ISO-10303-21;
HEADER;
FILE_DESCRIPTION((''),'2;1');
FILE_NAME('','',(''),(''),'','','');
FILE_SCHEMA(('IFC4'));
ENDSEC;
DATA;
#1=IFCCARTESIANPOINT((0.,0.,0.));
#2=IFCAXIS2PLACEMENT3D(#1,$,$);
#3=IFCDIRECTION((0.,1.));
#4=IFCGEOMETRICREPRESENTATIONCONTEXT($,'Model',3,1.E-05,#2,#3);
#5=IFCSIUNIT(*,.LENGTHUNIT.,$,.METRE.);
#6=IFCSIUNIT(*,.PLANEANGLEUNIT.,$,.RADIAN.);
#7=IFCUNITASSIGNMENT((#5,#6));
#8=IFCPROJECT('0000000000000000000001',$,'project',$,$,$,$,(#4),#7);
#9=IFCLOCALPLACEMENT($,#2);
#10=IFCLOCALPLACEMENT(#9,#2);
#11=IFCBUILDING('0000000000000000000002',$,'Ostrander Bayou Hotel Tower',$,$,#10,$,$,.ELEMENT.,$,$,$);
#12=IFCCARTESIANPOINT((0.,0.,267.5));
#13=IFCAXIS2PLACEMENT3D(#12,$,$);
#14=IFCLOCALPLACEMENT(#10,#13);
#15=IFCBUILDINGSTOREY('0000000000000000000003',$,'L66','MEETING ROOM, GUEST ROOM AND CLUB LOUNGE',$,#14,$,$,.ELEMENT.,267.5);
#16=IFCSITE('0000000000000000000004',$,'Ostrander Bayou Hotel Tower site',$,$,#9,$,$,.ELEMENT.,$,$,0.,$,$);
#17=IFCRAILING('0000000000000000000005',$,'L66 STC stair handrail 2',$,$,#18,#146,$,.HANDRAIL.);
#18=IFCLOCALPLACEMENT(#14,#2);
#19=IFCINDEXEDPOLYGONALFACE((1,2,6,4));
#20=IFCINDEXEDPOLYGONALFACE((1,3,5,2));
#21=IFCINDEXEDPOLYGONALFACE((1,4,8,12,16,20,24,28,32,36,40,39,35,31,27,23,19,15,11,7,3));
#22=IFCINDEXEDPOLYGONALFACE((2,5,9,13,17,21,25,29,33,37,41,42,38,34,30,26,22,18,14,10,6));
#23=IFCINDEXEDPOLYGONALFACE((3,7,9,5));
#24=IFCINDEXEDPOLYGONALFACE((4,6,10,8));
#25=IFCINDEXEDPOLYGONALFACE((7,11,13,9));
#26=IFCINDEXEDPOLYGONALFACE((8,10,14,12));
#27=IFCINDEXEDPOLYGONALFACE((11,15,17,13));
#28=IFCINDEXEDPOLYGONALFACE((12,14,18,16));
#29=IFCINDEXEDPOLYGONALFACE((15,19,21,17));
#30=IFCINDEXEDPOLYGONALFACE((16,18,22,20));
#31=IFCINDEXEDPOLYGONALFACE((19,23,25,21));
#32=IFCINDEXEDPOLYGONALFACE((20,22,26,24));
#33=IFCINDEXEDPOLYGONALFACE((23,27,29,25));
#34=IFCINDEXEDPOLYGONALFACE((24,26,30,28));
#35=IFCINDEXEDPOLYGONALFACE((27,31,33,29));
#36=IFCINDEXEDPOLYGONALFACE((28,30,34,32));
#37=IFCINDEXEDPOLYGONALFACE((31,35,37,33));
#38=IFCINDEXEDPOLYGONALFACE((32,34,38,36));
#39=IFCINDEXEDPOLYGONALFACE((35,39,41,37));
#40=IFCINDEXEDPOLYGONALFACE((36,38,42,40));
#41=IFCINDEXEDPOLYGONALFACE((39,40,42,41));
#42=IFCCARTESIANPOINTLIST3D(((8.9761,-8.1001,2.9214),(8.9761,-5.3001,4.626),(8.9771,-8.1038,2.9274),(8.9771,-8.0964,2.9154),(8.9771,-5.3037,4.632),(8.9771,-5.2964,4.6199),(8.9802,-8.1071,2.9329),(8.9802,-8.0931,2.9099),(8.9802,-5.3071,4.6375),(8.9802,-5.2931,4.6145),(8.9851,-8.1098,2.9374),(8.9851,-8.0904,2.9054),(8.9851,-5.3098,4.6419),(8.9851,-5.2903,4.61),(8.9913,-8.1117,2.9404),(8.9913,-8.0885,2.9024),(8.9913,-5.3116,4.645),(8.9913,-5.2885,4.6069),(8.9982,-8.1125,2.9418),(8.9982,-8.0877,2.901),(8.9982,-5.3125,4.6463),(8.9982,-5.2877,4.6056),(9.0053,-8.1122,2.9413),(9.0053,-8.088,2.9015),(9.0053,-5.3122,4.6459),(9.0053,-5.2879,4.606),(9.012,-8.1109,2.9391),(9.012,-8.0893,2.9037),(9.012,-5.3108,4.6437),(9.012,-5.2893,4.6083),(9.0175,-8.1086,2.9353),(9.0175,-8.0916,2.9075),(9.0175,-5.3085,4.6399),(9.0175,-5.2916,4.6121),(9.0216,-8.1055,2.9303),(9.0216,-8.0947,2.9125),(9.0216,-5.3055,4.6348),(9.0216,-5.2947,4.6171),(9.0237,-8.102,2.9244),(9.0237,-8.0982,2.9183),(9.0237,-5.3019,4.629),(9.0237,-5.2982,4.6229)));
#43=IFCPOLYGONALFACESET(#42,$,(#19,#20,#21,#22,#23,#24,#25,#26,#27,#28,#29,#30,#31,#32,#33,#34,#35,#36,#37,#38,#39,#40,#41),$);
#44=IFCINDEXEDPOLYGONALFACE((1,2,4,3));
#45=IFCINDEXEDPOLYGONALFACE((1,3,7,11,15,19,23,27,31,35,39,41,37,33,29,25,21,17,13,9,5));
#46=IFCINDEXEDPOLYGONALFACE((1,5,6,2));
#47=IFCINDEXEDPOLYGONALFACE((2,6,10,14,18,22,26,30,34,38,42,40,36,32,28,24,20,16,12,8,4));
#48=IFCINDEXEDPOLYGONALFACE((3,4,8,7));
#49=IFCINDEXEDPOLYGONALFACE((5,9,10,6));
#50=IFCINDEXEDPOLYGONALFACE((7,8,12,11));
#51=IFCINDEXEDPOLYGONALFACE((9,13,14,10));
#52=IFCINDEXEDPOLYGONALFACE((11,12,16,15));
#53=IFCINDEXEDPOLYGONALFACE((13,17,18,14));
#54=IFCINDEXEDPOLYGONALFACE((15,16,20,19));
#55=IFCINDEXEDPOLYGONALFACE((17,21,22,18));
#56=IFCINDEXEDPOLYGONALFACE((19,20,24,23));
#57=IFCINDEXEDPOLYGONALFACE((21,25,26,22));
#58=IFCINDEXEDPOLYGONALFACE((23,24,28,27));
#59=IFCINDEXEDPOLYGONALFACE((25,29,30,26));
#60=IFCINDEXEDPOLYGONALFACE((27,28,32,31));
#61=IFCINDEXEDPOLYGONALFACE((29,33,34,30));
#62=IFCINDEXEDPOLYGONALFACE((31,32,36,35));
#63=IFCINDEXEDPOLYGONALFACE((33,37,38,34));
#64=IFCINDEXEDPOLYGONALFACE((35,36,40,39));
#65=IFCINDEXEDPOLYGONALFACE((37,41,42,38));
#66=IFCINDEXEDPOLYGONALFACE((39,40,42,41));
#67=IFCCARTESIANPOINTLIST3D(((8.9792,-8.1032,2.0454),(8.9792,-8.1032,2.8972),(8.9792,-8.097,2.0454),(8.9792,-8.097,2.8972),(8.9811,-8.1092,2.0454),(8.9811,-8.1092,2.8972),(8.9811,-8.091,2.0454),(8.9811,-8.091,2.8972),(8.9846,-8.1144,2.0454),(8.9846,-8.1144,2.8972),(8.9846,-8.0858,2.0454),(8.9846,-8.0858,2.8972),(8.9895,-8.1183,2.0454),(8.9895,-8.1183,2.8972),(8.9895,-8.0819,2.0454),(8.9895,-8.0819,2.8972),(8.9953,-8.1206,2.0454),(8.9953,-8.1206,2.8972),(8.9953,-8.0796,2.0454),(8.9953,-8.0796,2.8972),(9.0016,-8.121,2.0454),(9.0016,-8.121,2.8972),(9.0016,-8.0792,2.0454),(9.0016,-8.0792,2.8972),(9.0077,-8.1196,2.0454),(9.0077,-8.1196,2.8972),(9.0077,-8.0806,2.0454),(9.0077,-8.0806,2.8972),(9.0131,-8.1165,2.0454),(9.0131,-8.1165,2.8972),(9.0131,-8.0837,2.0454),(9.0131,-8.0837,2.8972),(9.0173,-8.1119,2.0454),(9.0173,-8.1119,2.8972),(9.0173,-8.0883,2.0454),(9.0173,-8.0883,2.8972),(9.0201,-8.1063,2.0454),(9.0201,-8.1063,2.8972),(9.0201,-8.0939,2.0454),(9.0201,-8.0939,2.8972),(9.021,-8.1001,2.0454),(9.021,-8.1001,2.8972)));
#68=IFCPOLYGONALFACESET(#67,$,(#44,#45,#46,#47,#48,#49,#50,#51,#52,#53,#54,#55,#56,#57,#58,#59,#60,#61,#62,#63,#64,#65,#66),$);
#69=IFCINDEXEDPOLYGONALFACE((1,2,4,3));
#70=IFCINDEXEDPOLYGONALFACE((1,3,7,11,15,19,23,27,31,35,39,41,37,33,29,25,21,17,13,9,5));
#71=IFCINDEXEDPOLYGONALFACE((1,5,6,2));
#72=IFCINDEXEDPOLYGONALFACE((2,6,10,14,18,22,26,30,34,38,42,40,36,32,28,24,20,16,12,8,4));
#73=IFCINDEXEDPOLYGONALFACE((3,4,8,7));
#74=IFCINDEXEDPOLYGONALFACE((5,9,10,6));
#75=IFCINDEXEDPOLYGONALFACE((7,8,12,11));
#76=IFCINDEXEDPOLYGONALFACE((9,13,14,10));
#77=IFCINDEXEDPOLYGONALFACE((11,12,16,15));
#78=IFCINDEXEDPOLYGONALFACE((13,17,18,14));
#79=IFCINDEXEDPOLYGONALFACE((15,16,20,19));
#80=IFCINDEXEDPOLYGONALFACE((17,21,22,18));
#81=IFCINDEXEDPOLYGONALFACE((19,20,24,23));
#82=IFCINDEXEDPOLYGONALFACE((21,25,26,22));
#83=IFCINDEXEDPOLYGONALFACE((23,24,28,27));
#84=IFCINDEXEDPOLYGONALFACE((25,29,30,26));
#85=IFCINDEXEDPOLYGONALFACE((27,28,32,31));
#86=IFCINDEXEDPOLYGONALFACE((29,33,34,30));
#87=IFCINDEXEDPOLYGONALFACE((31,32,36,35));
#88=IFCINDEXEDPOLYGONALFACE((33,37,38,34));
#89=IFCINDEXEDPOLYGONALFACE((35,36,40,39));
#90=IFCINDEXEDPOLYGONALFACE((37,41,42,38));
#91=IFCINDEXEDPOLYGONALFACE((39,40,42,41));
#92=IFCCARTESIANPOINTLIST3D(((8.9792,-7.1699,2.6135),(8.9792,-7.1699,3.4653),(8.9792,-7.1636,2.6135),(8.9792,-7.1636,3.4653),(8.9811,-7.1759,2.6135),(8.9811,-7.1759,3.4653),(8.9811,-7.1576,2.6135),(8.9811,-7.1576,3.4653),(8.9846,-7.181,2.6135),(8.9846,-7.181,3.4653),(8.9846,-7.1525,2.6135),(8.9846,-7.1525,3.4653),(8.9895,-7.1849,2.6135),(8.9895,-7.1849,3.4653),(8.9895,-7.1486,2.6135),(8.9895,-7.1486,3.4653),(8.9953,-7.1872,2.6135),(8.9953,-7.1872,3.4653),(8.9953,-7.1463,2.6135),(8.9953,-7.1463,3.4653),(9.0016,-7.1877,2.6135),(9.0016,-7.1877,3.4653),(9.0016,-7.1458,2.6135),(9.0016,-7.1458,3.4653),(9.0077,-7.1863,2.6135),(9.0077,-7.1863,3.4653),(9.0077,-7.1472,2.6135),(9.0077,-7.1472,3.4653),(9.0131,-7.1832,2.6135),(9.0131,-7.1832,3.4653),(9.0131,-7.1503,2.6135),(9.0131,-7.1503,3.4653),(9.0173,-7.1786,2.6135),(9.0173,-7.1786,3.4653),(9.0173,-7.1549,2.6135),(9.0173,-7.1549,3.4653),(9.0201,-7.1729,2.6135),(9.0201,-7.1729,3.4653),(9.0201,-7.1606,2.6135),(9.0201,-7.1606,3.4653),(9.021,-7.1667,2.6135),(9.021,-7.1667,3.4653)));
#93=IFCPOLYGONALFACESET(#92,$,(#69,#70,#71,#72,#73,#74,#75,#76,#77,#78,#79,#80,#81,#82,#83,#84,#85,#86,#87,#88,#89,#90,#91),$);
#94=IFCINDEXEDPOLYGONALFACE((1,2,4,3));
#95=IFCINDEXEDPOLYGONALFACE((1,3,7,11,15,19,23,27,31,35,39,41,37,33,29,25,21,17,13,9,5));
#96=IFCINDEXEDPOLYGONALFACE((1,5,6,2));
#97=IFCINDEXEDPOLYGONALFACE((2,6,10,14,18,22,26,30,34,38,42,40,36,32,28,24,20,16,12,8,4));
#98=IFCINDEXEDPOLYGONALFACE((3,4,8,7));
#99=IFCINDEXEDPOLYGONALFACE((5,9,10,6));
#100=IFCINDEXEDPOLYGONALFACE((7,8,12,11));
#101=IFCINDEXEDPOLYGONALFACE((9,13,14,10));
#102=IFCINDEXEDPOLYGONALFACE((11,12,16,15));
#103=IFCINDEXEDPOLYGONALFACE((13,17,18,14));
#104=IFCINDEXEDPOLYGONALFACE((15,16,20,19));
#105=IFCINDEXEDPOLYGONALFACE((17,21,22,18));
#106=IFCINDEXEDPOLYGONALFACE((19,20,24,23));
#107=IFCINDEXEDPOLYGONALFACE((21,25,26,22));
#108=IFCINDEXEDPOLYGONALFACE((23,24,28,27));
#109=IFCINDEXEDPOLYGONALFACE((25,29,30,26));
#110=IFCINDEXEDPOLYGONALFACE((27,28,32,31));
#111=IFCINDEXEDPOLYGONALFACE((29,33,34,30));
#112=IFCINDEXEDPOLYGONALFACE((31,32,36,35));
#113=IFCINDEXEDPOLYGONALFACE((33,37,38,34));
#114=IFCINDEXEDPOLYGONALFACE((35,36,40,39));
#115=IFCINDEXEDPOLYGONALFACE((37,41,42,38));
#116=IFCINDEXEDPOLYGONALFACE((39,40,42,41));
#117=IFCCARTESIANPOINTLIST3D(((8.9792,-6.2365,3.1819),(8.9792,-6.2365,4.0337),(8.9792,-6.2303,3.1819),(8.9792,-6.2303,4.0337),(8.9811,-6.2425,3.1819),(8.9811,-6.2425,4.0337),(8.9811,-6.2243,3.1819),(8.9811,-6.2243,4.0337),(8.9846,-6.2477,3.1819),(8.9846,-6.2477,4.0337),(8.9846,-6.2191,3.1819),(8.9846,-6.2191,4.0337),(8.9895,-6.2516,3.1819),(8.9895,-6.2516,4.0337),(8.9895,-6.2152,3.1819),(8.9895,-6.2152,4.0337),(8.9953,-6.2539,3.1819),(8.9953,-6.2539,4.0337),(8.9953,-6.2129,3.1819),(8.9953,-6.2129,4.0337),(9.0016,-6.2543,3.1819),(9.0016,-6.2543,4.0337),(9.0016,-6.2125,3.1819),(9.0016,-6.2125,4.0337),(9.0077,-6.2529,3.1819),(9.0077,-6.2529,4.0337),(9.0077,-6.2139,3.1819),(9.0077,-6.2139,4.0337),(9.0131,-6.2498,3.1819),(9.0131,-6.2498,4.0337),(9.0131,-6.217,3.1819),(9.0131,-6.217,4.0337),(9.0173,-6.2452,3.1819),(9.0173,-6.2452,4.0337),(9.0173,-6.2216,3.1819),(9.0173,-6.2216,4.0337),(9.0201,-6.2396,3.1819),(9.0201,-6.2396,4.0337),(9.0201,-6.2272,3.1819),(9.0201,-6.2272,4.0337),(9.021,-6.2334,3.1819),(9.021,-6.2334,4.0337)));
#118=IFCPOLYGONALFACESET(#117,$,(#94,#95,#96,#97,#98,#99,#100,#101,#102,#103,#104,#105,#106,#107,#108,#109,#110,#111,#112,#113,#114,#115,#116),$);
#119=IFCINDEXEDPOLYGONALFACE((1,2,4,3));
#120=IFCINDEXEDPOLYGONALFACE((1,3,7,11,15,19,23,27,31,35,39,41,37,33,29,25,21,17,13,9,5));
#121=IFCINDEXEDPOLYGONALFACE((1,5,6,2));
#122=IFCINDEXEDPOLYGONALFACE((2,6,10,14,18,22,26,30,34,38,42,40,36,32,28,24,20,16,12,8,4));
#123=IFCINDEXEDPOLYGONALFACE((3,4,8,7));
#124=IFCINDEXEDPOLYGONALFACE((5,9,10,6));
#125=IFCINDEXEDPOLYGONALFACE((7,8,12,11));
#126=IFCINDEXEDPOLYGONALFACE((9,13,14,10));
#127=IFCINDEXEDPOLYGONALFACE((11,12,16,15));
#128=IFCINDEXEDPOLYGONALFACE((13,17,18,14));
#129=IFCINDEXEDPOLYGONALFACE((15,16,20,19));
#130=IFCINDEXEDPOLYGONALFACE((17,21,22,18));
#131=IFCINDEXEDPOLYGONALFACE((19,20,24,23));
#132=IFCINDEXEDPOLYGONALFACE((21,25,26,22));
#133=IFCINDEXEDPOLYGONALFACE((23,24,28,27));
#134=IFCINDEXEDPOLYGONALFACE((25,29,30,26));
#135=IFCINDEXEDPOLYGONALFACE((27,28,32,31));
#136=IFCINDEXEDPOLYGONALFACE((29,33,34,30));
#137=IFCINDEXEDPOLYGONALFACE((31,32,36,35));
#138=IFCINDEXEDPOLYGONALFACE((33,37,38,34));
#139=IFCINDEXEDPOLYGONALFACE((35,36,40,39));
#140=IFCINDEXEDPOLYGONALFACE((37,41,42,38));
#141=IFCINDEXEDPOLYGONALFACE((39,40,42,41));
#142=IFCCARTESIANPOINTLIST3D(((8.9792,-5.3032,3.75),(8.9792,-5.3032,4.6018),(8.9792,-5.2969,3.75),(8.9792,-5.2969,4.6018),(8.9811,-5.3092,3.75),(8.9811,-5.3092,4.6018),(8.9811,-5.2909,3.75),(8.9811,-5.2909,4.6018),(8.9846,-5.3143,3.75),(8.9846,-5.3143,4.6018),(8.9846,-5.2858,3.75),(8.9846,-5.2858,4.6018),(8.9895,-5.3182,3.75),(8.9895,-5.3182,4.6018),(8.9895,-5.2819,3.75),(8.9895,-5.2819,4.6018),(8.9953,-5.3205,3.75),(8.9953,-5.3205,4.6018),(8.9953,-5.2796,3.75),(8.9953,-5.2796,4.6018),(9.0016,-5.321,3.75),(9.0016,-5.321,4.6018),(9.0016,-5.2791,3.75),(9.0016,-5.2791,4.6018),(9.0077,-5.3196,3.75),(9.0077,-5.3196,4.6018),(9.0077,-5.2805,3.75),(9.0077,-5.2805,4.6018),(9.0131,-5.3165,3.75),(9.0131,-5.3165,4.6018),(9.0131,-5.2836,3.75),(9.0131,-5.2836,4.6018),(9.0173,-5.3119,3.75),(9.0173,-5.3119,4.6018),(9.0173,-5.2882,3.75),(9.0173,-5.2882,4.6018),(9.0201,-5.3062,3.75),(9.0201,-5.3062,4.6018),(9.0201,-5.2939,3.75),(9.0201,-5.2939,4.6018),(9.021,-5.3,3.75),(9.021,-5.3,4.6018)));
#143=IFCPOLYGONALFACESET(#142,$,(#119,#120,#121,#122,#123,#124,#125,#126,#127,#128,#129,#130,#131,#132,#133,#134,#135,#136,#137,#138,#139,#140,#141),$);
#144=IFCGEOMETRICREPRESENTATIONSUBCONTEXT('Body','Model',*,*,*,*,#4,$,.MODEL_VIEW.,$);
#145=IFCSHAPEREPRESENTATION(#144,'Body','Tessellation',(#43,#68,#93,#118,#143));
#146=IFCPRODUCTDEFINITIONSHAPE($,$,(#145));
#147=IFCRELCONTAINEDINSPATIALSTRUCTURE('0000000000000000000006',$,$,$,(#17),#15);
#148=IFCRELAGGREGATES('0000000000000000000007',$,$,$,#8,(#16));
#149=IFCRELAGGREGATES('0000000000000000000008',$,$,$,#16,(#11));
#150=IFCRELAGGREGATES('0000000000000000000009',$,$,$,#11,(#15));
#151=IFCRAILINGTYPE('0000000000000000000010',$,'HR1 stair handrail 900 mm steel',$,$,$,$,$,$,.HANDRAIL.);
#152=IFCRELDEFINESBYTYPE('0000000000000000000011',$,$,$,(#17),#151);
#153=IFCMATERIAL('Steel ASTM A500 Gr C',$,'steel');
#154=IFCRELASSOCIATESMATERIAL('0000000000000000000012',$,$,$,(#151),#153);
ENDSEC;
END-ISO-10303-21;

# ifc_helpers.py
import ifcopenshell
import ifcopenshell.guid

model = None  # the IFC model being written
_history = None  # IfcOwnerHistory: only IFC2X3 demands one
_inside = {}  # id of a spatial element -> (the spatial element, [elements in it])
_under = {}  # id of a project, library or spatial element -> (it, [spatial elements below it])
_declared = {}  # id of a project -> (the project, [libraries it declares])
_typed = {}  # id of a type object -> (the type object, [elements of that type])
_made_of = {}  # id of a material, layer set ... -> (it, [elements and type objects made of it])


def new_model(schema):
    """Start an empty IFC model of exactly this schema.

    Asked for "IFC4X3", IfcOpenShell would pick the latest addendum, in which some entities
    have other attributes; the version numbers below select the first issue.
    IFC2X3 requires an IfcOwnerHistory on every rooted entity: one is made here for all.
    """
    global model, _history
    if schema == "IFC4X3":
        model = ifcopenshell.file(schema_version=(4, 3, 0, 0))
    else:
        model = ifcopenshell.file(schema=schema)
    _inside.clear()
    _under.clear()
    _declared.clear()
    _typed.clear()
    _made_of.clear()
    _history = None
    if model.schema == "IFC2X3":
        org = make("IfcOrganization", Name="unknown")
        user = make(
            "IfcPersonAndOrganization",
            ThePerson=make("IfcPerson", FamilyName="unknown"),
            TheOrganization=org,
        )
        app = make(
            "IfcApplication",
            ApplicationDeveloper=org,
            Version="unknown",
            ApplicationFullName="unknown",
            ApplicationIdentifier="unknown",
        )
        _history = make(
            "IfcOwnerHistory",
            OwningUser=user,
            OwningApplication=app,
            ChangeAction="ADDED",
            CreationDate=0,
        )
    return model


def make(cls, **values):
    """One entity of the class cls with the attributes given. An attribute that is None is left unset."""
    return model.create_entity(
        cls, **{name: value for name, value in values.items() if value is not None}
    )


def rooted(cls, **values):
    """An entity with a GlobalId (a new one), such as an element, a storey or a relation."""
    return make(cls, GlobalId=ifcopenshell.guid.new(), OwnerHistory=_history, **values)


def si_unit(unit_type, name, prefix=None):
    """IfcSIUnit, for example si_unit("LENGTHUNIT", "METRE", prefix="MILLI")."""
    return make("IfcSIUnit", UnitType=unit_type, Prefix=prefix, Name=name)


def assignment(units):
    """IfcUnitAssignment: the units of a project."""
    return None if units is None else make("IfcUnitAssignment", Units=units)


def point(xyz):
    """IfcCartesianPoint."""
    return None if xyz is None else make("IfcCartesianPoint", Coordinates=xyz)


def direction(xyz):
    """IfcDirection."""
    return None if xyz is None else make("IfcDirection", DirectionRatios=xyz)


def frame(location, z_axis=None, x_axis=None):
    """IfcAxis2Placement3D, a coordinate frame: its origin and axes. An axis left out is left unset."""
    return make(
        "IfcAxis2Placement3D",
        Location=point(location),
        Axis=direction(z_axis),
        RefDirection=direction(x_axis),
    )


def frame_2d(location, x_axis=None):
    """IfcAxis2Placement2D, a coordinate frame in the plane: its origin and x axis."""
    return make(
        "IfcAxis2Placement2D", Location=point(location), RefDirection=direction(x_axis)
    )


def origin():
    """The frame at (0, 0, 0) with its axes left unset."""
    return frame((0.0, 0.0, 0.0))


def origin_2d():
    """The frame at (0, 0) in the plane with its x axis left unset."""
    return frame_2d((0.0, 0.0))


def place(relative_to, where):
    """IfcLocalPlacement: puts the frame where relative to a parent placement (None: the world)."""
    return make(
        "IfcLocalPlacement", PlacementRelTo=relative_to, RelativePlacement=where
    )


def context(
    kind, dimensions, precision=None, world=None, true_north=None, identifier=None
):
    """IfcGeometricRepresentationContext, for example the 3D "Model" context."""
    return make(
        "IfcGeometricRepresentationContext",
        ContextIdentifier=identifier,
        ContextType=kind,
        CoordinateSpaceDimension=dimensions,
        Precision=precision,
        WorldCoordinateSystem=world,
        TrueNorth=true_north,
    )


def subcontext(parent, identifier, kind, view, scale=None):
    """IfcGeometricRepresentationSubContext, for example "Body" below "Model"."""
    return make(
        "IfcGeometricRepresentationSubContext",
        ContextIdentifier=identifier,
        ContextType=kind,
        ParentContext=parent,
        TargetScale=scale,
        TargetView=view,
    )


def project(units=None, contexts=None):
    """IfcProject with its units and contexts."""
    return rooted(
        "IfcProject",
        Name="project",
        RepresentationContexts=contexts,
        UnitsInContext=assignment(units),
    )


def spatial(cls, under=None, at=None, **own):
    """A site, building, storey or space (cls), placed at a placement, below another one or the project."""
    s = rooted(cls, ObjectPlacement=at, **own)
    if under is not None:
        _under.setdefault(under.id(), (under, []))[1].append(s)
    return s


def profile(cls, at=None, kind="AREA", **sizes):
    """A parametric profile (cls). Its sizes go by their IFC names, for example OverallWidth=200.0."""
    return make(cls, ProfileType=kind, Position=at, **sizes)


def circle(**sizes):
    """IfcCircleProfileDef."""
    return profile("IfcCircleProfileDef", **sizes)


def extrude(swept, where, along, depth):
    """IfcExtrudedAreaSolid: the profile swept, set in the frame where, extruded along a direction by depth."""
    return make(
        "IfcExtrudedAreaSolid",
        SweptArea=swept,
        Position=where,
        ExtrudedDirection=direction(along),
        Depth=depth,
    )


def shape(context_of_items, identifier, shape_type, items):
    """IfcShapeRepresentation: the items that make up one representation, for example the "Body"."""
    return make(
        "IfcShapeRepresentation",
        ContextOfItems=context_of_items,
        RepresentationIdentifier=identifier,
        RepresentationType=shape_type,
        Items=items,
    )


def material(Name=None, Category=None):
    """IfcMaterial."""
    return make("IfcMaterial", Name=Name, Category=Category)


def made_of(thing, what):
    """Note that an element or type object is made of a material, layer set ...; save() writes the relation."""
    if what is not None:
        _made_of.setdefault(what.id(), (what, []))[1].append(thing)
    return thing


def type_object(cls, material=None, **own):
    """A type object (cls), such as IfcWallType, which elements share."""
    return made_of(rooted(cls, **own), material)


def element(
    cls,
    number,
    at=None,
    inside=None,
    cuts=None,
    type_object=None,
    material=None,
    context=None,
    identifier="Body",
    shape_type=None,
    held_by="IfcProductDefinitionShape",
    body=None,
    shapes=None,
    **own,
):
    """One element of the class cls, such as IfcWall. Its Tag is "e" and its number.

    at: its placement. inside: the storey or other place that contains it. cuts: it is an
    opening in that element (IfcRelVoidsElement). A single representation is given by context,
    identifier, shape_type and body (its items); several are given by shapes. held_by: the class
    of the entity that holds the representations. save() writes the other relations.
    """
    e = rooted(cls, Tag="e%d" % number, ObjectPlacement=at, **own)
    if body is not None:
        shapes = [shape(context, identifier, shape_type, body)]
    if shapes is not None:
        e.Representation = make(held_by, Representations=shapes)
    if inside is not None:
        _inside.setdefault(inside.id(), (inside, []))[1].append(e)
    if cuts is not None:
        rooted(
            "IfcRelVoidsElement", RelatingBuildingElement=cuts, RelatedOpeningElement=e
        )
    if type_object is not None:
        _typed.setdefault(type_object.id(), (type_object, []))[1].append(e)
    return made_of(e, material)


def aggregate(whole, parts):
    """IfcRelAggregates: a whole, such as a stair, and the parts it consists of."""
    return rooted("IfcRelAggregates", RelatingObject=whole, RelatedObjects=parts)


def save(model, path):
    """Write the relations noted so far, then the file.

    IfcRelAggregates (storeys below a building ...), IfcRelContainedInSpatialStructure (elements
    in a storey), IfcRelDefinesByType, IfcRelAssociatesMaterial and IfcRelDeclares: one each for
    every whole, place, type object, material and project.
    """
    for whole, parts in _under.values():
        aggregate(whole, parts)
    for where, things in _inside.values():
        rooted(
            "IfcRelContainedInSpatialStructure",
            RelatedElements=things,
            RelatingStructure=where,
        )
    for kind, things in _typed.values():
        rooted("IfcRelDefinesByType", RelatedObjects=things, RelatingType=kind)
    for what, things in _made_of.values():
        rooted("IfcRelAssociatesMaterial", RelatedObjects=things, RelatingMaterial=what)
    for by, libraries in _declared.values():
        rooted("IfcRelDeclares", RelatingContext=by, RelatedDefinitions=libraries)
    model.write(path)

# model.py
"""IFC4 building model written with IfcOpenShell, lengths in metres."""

from ifc_helpers import new_model, si_unit, direction, frame, origin, origin_2d, place, context, subcontext, project, spatial, circle, extrude, material, type_object, element, save


model = new_model("IFC4")

# Units and contexts
model_context = context("Model", 3, precision=1e-05, world=origin(), true_north=direction((0.0, 1.0)))
body_context = subcontext(model_context, "Body", "Model", "MODEL_VIEW")
ifc_project = project(units=[si_unit("LENGTHUNIT", "METRE"), si_unit("PLANEANGLEUNIT", "RADIAN")], contexts=[model_context])

# Site, building, storey
site_placement = place(None, origin())
site = spatial("IfcSite", under=ifc_project, at=site_placement, Name="Ostrander Bayou Hotel Tower site", CompositionType="ELEMENT", RefElevation=0.0)
building_placement = place(site_placement, origin())
building = spatial("IfcBuilding", under=site, at=building_placement, Name="Ostrander Bayou Hotel Tower", CompositionType="ELEMENT")
storey_placement = place(building_placement, frame((0.0, 0.0, 267.5)))
storey = spatial("IfcBuildingStorey", under=building, at=storey_placement, Name="L66", Description="MEETING ROOM, GUEST ROOM AND CLUB LOUNGE", CompositionType="ELEMENT", Elevation=267.5)

# Railing
ifc_material_1 = material(Name="Steel ASTM A500 Gr C", Category="steel")
railing_type_1 = type_object("IfcRailingType", Name="HR1 stair handrail 900 mm steel", PredefinedType="HANDRAIL", material=ifc_material_1)
railing_1_placement = place(storey_placement, frame((9.0, -8.1001, 2.0454)))
element("IfcRailing", 1, at=railing_1_placement, inside=storey, type_object=railing_type_1, Name="L66 STC stair handrail 2", PredefinedType="HANDRAIL", context=body_context, shape_type="SweptSolid", body=[
    extrude(circle(Radius=0.0239, at=origin_2d()), frame((0.0, 0.0, 0.876), z_axis=(0.0, 0.85417, 0.519994), x_axis=(-1.0, 0.0, 0.0)), (0.0, 0.0, 1.0), 3.2781),
    extrude(circle(Radius=0.021, at=origin_2d()), origin(), (0.0, 0.0, 1.0), 0.8518),
    extrude(circle(Radius=0.021, at=origin_2d()), frame((0.0, 0.9333, 0.5681)), (0.0, 0.0, 1.0), 0.8518),
    extrude(circle(Radius=0.021, at=origin_2d()), frame((0.0, 1.8667, 1.1365)), (0.0, 0.0, 1.0), 0.8518),
    extrude(circle(Radius=0.021, at=origin_2d()), frame((0.0, 2.8, 1.7046)), (0.0, 0.0, 1.0), 0.8518),
])

save(model, "model.ifc")
